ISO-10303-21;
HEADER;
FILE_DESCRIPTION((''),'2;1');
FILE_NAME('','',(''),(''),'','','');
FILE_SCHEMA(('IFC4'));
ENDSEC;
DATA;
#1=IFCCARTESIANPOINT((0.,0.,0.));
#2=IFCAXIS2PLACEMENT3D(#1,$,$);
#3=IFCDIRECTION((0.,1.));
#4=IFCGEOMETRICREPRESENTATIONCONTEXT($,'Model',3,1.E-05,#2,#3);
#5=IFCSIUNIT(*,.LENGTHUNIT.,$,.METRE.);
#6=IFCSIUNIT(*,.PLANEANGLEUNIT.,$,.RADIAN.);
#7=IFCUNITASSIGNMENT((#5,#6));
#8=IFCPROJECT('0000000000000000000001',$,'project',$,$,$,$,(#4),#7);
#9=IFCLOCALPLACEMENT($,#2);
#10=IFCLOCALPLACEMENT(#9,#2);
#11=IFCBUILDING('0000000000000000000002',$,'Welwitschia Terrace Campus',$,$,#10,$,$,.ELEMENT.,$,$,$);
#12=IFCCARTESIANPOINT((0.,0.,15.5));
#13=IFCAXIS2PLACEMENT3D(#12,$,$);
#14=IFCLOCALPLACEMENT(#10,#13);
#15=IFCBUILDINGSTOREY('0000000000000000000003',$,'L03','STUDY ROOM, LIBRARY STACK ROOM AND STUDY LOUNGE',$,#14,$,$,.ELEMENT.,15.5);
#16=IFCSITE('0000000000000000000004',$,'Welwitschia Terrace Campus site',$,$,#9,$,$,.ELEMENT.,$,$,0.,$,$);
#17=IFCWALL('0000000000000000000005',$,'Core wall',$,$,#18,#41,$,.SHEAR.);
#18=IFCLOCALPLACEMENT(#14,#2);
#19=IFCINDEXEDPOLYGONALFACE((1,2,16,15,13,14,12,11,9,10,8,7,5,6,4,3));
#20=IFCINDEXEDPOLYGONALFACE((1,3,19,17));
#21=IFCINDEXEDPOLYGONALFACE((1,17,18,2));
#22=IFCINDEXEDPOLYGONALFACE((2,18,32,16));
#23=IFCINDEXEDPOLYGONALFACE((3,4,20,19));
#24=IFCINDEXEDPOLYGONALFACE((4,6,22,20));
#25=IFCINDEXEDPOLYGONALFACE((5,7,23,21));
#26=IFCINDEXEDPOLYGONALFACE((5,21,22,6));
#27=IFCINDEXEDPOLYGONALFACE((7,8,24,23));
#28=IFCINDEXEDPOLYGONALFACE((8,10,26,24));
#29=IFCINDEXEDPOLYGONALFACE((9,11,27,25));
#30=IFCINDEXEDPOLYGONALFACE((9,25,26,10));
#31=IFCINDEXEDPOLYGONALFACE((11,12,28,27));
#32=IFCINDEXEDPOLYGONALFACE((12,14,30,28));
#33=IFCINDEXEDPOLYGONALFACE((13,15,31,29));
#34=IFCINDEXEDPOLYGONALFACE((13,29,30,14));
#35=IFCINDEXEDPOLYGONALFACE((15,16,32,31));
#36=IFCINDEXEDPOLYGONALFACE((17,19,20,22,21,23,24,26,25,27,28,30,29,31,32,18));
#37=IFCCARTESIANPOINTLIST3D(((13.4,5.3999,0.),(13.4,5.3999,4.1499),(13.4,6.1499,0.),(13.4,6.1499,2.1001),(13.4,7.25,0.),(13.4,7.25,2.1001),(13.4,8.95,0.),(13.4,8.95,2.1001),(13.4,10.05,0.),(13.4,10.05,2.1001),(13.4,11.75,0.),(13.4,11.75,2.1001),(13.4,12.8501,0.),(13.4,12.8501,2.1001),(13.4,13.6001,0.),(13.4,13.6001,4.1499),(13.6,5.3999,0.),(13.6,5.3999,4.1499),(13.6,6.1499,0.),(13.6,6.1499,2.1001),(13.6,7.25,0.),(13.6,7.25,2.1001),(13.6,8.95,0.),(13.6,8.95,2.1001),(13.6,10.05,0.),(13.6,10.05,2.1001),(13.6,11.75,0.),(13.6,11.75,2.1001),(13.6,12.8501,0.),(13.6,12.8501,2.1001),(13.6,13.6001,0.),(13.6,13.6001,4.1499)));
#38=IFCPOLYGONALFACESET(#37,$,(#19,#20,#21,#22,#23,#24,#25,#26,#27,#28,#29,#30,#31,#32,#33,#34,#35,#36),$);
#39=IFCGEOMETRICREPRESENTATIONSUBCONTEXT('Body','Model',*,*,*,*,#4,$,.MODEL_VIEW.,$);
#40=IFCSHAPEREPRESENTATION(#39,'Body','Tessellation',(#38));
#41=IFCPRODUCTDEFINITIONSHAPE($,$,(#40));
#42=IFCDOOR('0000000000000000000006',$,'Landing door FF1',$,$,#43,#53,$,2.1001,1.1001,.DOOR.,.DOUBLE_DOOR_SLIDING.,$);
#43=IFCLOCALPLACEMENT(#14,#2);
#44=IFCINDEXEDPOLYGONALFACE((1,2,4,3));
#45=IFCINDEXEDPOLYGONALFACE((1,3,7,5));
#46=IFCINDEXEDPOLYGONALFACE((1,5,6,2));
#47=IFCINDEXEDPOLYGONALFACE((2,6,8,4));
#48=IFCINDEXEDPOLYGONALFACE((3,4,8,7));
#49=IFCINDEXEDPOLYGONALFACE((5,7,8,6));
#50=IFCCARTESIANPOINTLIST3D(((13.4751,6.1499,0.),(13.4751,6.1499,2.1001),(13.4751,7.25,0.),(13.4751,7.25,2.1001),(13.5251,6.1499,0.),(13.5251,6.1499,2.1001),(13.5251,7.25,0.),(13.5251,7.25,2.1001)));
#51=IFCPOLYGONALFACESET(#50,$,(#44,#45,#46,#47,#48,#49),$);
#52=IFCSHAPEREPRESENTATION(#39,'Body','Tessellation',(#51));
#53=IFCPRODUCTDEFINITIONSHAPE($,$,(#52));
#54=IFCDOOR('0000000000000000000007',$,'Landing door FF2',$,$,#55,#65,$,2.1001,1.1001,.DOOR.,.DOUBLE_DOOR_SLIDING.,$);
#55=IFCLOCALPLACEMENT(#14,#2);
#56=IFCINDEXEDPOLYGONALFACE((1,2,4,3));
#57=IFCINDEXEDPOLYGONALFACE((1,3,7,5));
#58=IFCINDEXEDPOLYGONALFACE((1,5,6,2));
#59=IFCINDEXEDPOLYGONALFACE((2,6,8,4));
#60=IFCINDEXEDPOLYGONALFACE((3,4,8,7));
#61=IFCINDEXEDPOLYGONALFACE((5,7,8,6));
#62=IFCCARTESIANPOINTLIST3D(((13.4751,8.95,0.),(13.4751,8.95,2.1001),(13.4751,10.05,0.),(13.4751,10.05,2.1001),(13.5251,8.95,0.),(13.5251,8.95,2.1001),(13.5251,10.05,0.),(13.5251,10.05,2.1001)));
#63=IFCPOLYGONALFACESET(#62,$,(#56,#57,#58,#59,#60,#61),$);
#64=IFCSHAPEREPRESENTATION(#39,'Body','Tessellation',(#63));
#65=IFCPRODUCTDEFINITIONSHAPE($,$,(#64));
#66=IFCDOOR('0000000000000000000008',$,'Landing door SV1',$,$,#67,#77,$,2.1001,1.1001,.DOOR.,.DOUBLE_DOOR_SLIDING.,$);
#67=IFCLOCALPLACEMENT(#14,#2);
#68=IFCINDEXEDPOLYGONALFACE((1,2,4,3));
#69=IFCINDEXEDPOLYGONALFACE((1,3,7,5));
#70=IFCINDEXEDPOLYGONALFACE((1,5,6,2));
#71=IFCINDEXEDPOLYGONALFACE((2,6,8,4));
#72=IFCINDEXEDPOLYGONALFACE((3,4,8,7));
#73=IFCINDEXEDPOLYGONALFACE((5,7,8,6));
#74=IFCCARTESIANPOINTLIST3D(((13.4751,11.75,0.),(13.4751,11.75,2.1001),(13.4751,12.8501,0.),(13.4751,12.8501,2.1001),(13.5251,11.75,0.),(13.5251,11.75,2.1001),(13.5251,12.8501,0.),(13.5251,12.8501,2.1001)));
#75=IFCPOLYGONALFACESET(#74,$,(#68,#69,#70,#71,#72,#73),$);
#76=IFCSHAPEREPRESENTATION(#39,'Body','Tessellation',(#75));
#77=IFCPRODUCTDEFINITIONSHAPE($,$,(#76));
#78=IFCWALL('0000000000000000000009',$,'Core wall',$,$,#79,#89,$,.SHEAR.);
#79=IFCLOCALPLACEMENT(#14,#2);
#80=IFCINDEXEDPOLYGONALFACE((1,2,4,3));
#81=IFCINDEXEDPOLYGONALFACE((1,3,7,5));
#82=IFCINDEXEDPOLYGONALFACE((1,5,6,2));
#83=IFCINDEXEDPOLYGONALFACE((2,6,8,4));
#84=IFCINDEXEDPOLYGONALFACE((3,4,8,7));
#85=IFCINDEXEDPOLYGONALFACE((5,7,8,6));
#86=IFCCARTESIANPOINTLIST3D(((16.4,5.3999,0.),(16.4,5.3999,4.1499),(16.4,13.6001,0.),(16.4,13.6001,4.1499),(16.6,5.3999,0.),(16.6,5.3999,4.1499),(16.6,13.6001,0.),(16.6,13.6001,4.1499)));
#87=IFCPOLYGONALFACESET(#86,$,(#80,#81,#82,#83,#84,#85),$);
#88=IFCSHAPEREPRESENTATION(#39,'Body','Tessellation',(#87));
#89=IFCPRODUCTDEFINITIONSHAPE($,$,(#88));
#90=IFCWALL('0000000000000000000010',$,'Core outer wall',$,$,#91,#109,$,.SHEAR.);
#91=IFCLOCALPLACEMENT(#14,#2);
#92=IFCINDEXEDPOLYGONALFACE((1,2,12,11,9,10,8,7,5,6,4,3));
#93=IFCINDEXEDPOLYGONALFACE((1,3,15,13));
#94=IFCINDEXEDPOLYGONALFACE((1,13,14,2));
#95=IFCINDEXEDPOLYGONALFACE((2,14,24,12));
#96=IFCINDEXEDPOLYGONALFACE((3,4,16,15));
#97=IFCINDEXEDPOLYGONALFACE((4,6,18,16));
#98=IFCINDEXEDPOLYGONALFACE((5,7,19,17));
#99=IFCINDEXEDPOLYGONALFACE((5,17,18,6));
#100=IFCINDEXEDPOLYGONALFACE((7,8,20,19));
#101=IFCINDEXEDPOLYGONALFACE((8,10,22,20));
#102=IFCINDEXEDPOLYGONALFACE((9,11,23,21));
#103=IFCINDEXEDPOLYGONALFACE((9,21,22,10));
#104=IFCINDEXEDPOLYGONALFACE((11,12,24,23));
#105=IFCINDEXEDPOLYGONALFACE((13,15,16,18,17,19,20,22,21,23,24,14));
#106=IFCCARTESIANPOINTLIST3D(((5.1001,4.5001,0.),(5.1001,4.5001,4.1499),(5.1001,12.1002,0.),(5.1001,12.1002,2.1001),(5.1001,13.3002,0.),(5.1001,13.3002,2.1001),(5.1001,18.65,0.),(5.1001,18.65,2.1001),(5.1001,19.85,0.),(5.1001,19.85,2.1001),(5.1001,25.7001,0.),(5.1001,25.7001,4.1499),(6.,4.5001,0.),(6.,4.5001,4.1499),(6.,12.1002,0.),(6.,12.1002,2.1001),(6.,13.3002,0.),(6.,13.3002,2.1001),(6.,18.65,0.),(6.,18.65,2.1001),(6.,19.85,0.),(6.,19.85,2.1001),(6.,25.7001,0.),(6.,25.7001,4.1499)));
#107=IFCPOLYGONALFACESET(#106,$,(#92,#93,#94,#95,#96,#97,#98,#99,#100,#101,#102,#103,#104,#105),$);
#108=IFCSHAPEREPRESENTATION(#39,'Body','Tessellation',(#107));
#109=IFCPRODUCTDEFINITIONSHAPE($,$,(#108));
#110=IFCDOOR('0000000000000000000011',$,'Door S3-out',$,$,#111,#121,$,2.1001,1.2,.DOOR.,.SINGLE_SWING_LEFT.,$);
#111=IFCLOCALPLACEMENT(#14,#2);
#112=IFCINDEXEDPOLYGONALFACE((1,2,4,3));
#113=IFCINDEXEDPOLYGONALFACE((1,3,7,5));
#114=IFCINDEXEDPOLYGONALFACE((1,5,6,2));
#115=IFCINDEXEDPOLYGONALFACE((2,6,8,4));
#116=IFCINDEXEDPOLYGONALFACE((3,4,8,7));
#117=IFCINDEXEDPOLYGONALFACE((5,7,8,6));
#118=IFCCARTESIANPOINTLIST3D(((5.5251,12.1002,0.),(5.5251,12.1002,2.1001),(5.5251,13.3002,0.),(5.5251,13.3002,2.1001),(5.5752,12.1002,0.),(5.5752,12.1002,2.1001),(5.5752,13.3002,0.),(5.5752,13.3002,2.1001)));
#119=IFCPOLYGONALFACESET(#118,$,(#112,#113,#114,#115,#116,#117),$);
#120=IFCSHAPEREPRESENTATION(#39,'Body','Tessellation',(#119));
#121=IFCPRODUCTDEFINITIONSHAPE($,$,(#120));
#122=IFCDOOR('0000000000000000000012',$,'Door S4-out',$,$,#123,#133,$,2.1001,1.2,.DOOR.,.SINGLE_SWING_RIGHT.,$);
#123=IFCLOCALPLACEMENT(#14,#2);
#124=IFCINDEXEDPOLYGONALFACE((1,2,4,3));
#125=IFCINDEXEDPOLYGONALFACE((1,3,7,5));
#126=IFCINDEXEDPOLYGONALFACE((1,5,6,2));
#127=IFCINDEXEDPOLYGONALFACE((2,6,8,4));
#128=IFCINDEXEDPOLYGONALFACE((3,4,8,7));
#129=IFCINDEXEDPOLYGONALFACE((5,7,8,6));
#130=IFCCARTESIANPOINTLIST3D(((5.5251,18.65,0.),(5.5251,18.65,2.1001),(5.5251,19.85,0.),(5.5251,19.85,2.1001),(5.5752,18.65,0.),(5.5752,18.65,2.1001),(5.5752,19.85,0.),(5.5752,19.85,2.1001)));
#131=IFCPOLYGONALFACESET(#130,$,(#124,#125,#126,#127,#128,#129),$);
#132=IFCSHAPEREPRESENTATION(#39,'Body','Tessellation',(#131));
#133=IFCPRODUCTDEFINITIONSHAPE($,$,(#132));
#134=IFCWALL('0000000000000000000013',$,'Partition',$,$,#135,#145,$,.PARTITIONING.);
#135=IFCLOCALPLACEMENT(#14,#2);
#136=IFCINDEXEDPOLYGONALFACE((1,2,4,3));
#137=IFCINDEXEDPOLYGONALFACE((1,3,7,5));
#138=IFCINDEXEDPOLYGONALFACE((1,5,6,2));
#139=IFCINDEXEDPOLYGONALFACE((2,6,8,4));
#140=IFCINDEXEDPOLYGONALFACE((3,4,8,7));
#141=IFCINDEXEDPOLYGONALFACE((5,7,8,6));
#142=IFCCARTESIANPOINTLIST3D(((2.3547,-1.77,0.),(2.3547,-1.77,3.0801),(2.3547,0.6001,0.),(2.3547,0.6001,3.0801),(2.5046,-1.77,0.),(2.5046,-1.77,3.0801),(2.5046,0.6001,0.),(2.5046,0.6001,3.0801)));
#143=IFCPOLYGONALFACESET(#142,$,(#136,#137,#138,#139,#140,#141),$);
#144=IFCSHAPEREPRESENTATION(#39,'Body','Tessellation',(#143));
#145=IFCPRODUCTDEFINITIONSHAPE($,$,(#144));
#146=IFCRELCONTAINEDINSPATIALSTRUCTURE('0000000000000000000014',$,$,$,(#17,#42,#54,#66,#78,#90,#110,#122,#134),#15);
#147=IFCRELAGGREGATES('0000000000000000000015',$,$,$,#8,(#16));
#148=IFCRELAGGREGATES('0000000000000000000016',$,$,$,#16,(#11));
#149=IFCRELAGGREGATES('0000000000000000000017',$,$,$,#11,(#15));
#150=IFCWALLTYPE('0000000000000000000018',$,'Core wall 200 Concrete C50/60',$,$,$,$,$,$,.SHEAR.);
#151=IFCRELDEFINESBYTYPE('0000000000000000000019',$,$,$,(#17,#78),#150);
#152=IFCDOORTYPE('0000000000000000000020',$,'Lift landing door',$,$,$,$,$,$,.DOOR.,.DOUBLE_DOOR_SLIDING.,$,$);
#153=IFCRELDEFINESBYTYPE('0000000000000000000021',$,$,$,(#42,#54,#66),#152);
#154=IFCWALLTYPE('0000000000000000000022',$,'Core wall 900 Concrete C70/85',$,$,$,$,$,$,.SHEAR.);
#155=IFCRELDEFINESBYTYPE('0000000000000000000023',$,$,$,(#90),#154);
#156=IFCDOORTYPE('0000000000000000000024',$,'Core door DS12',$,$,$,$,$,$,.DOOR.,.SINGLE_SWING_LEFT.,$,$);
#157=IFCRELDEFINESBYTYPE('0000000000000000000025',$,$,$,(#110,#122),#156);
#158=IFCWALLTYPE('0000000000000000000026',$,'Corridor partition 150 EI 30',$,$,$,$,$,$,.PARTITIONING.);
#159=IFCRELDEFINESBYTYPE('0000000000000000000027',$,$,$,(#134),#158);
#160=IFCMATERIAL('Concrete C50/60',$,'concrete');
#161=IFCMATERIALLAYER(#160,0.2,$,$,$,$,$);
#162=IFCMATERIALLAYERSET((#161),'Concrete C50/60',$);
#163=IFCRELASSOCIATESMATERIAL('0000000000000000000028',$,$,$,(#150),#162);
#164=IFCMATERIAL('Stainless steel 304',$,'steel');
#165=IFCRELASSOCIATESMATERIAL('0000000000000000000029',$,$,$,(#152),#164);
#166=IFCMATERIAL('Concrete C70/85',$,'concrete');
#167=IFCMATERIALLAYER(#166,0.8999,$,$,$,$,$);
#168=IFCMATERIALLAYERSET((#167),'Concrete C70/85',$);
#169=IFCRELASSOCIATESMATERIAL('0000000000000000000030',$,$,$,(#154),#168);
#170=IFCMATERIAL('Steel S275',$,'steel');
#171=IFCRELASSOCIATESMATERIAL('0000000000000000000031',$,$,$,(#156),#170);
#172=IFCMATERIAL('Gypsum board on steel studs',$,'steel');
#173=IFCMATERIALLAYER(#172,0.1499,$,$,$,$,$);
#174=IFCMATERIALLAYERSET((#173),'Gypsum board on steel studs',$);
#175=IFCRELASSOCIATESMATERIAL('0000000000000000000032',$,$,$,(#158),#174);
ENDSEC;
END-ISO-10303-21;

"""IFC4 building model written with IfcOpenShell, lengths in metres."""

from ifc_helpers import new_model, si_unit, direction, frame, frame_2d, origin, place, context, subcontext, project, spatial, rectangle, extrude, material, layer, layer_set, type_object, element, fill, save


model = new_model("IFC4")

# Units and contexts
model_context = context("Model", 3, precision=1e-05, world=origin(), true_north=direction((0.0, 1.0)))
body_context = subcontext(model_context, "Body", "Model", "MODEL_VIEW")
ifc_project = project(units=[si_unit("LENGTHUNIT", "METRE"), si_unit("PLANEANGLEUNIT", "RADIAN")], contexts=[model_context])

# Site, building, storey
site_placement = place(None, origin())
site = spatial("IfcSite", under=ifc_project, at=site_placement, Name="Welwitschia Terrace Campus site", CompositionType="ELEMENT", RefElevation=0.0)
building_placement = place(site_placement, origin())
building = spatial("IfcBuilding", under=site, at=building_placement, Name="Welwitschia Terrace Campus", CompositionType="ELEMENT")
storey_placement = place(building_placement, frame((0.0, 0.0, 15.5)))
storey = spatial("IfcBuildingStorey", under=building, at=storey_placement, Name="L03", Description="STUDY ROOM, LIBRARY STACK ROOM AND STUDY LOUNGE", CompositionType="ELEMENT", Elevation=15.5)

# Wall, openings, doors
ifc_material_1 = material(Name="Concrete C50/60", Category="concrete")
ifc_layer_1 = layer(ifc_material_1, 0.2)
ifc_layer_set_1 = layer_set([ifc_layer_1], Name="Concrete C50/60")
wall_type_1 = type_object("IfcWallType", Name="Core wall 200 Concrete C50/60", PredefinedType="SHEAR", material=ifc_layer_set_1)
wall_1_placement = place(storey_placement, frame((13.5, 5.3999, 0.0), z_axis=(0.0, 0.0, 1.0), x_axis=(0.0, 1.0, 0.0)))
wall_1 = element("IfcWall", 1, at=wall_1_placement, inside=storey, type_object=wall_type_1, Name="Core wall", PredefinedType="SHEAR", context=body_context, shape_type="SweptSolid", body=[
    extrude(rectangle(XDim=8.2002, YDim=0.2, at=frame_2d((4.1001, 0.0))), origin(), (0.0, 0.0, 1.0), 4.1499),
])
opening_1_placement = place(wall_1_placement, frame((0.75, 0.0, 0.0)))
opening_1 = element("IfcOpeningElement", 2, at=opening_1_placement, cuts=wall_1, PredefinedType="OPENING", context=body_context, shape_type="SweptSolid", body=[
    extrude(rectangle(XDim=1.1001, YDim=2.1001, at=frame_2d((0.55, 1.05))), frame((0.0, 0.1099, 0.0), z_axis=(0.0, -1.0, 0.0), x_axis=(1.0, 0.0, 0.0)), (0.0, 0.0, 1.0), 0.22),
])
opening_2_placement = place(wall_1_placement, frame((3.55, 0.0, 0.0)))
opening_2 = element("IfcOpeningElement", 3, at=opening_2_placement, cuts=wall_1, PredefinedType="OPENING", context=body_context, shape_type="SweptSolid", body=[
    extrude(rectangle(XDim=1.1001, YDim=2.1001, at=frame_2d((0.55, 1.05))), frame((0.0, 0.1099, 0.0), z_axis=(0.0, -1.0, 0.0), x_axis=(1.0, 0.0, 0.0)), (0.0, 0.0, 1.0), 0.22),
])
opening_3_placement = place(wall_1_placement, frame((6.3501, 0.0, 0.0)))
opening_3 = element("IfcOpeningElement", 4, at=opening_3_placement, cuts=wall_1, PredefinedType="OPENING", context=body_context, shape_type="SweptSolid", body=[
    extrude(rectangle(XDim=1.1001, YDim=2.1001, at=frame_2d((0.55, 1.05))), frame((0.0, 0.1099, 0.0), z_axis=(0.0, -1.0, 0.0), x_axis=(1.0, 0.0, 0.0)), (0.0, 0.0, 1.0), 0.22),
])
ifc_material_2 = material(Name="Stainless steel 304", Category="steel")
door_type_1 = type_object("IfcDoorType", Name="Lift landing door", OperationType="DOUBLE_DOOR_SLIDING", PredefinedType="DOOR", material=ifc_material_2)
door_1_placement = place(opening_1_placement, origin())
door_1 = element("IfcDoor", 5, at=door_1_placement, inside=storey, type_object=door_type_1, Name="Landing door FF1", OperationType="DOUBLE_DOOR_SLIDING", OverallHeight=2.1001, OverallWidth=1.1001, PredefinedType="DOOR", context=body_context, shape_type="SweptSolid", body=[
    extrude(rectangle(XDim=1.1001, YDim=2.1001, at=frame_2d((0.55, 1.05))), frame((0.0, 0.0249, 0.0), z_axis=(0.0, -1.0, 0.0), x_axis=(1.0, 0.0, 0.0)), (0.0, 0.0, 1.0), 0.05),
])
fill(opening_1, door_1)
door_2_placement = place(opening_2_placement, origin())
door_2 = element("IfcDoor", 6, at=door_2_placement, inside=storey, type_object=door_type_1, Name="Landing door FF2", OperationType="DOUBLE_DOOR_SLIDING", OverallHeight=2.1001, OverallWidth=1.1001, PredefinedType="DOOR", context=body_context, shape_type="SweptSolid", body=[
    extrude(rectangle(XDim=1.1001, YDim=2.1001, at=frame_2d((0.55, 1.05))), frame((0.0, 0.0249, 0.0), z_axis=(0.0, -1.0, 0.0), x_axis=(1.0, 0.0, 0.0)), (0.0, 0.0, 1.0), 0.05),
])
fill(opening_2, door_2)
door_3_placement = place(opening_3_placement, origin())
door_3 = element("IfcDoor", 7, at=door_3_placement, inside=storey, type_object=door_type_1, Name="Landing door SV1", OperationType="DOUBLE_DOOR_SLIDING", OverallHeight=2.1001, OverallWidth=1.1001, PredefinedType="DOOR", context=body_context, shape_type="SweptSolid", body=[
    extrude(rectangle(XDim=1.1001, YDim=2.1001, at=frame_2d((0.55, 1.05))), frame((0.0, 0.0249, 0.0), z_axis=(0.0, -1.0, 0.0), x_axis=(1.0, 0.0, 0.0)), (0.0, 0.0, 1.0), 0.05),
])
fill(opening_3, door_3)

# Wall
wall_2_placement = place(storey_placement, frame((16.5, 5.3999, 0.0), z_axis=(0.0, 0.0, 1.0), x_axis=(0.0, 1.0, 0.0)))
element("IfcWall", 8, at=wall_2_placement, inside=storey, type_object=wall_type_1, Name="Core wall", PredefinedType="SHEAR", context=body_context, shape_type="SweptSolid", body=[
    extrude(rectangle(XDim=8.2002, YDim=0.2, at=frame_2d((4.1001, 0.0))), origin(), (0.0, 0.0, 1.0), 4.1499),
])

# Wall, openings, doors
ifc_material_3 = material(Name="Concrete C70/85", Category="concrete")
ifc_layer_2 = layer(ifc_material_3, 0.8999)
ifc_layer_set_2 = layer_set([ifc_layer_2], Name="Concrete C70/85")
wall_type_2 = type_object("IfcWallType", Name="Core wall 900 Concrete C70/85", PredefinedType="SHEAR", material=ifc_layer_set_2)
wall_3_placement = place(storey_placement, frame((5.55, 4.5, 0.0), z_axis=(0.0, 0.0, 1.0), x_axis=(0.0, 1.0, 0.0)))
wall_3 = element("IfcWall", 9, at=wall_3_placement, inside=storey, type_object=wall_type_2, Name="Core outer wall", PredefinedType="SHEAR", context=body_context, shape_type="SweptSolid", body=[
    extrude(rectangle(XDim=21.2, YDim=0.8999, at=frame_2d((10.6001, 0.0))), origin(), (0.0, 0.0, 1.0), 4.1499),
])
opening_4_placement = place(wall_3_placement, frame((7.6001, 0.0, 0.0)))
opening_4 = element("IfcOpeningElement", 10, at=opening_4_placement, cuts=wall_3, PredefinedType="OPENING", context=body_context, shape_type="SweptSolid", body=[
    extrude(rectangle(XDim=1.2, YDim=2.1001, at=frame_2d((0.6001, 1.05))), frame((0.0, 0.46, 0.0), z_axis=(0.0, -1.0, 0.0), x_axis=(1.0, 0.0, 0.0)), (0.0, 0.0, 1.0), 0.9199),
])
opening_5_placement = place(wall_3_placement, frame((14.1499, 0.0, 0.0)))
opening_5 = element("IfcOpeningElement", 11, at=opening_5_placement, cuts=wall_3, PredefinedType="OPENING", context=body_context, shape_type="SweptSolid", body=[
    extrude(rectangle(XDim=1.2, YDim=2.1001, at=frame_2d((0.6001, 1.05))), frame((0.0, 0.46, 0.0), z_axis=(0.0, -1.0, 0.0), x_axis=(1.0, 0.0, 0.0)), (0.0, 0.0, 1.0), 0.9199),
])
ifc_material_4 = material(Name="Steel S275", Category="steel")
door_type_2 = type_object("IfcDoorType", Name="Core door DS12", OperationType="SINGLE_SWING_LEFT", PredefinedType="DOOR", material=ifc_material_4)
door_4_placement = place(opening_4_placement, origin())
door_4 = element("IfcDoor", 12, at=door_4_placement, inside=storey, type_object=door_type_2, Name="Door S3-out", OperationType="SINGLE_SWING_LEFT", OverallHeight=2.1001, OverallWidth=1.2, PredefinedType="DOOR", context=body_context, shape_type="SweptSolid", body=[
    extrude(rectangle(XDim=1.2, YDim=2.1001, at=frame_2d((0.6001, 1.05))), frame((0.0, 0.0249, 0.0), z_axis=(0.0, -1.0, 0.0), x_axis=(1.0, 0.0, 0.0)), (0.0, 0.0, 1.0), 0.05),
])
fill(opening_4, door_4)
door_5_placement = place(opening_5_placement, origin())
door_5 = element("IfcDoor", 13, at=door_5_placement, inside=storey, type_object=door_type_2, Name="Door S4-out", OperationType="SINGLE_SWING_RIGHT", OverallHeight=2.1001, OverallWidth=1.2, PredefinedType="DOOR", context=body_context, shape_type="SweptSolid", body=[
    extrude(rectangle(XDim=1.2, YDim=2.1001, at=frame_2d((0.6001, 1.05))), frame((0.0, 0.0249, 0.0), z_axis=(0.0, -1.0, 0.0), x_axis=(1.0, 0.0, 0.0)), (0.0, 0.0, 1.0), 0.05),
])
fill(opening_5, door_5)

# Wall
ifc_material_5 = material(Name="Gypsum board on steel studs", Category="steel")
ifc_layer_3 = layer(ifc_material_5, 0.1499)
ifc_layer_set_3 = layer_set([ifc_layer_3], Name="Gypsum board on steel studs")
wall_type_3 = type_object("IfcWallType", Name="Corridor partition 150 EI 30", PredefinedType="PARTITIONING", material=ifc_layer_set_3)
wall_4_placement = place(storey_placement, frame((2.4297, -1.77, 0.0), z_axis=(0.0, 0.0, 1.0), x_axis=(0.0, 1.0, 0.0)))
element("IfcWall", 14, at=wall_4_placement, inside=storey, type_object=wall_type_3, Name="Partition", PredefinedType="PARTITIONING", context=body_context, shape_type="SweptSolid", body=[
    extrude(rectangle(XDim=2.3701, YDim=0.1499, at=frame_2d((1.1851, 0.0))), origin(), (0.0, 0.0, 1.0), 3.0801),
])

save(model, "model.ifc")
